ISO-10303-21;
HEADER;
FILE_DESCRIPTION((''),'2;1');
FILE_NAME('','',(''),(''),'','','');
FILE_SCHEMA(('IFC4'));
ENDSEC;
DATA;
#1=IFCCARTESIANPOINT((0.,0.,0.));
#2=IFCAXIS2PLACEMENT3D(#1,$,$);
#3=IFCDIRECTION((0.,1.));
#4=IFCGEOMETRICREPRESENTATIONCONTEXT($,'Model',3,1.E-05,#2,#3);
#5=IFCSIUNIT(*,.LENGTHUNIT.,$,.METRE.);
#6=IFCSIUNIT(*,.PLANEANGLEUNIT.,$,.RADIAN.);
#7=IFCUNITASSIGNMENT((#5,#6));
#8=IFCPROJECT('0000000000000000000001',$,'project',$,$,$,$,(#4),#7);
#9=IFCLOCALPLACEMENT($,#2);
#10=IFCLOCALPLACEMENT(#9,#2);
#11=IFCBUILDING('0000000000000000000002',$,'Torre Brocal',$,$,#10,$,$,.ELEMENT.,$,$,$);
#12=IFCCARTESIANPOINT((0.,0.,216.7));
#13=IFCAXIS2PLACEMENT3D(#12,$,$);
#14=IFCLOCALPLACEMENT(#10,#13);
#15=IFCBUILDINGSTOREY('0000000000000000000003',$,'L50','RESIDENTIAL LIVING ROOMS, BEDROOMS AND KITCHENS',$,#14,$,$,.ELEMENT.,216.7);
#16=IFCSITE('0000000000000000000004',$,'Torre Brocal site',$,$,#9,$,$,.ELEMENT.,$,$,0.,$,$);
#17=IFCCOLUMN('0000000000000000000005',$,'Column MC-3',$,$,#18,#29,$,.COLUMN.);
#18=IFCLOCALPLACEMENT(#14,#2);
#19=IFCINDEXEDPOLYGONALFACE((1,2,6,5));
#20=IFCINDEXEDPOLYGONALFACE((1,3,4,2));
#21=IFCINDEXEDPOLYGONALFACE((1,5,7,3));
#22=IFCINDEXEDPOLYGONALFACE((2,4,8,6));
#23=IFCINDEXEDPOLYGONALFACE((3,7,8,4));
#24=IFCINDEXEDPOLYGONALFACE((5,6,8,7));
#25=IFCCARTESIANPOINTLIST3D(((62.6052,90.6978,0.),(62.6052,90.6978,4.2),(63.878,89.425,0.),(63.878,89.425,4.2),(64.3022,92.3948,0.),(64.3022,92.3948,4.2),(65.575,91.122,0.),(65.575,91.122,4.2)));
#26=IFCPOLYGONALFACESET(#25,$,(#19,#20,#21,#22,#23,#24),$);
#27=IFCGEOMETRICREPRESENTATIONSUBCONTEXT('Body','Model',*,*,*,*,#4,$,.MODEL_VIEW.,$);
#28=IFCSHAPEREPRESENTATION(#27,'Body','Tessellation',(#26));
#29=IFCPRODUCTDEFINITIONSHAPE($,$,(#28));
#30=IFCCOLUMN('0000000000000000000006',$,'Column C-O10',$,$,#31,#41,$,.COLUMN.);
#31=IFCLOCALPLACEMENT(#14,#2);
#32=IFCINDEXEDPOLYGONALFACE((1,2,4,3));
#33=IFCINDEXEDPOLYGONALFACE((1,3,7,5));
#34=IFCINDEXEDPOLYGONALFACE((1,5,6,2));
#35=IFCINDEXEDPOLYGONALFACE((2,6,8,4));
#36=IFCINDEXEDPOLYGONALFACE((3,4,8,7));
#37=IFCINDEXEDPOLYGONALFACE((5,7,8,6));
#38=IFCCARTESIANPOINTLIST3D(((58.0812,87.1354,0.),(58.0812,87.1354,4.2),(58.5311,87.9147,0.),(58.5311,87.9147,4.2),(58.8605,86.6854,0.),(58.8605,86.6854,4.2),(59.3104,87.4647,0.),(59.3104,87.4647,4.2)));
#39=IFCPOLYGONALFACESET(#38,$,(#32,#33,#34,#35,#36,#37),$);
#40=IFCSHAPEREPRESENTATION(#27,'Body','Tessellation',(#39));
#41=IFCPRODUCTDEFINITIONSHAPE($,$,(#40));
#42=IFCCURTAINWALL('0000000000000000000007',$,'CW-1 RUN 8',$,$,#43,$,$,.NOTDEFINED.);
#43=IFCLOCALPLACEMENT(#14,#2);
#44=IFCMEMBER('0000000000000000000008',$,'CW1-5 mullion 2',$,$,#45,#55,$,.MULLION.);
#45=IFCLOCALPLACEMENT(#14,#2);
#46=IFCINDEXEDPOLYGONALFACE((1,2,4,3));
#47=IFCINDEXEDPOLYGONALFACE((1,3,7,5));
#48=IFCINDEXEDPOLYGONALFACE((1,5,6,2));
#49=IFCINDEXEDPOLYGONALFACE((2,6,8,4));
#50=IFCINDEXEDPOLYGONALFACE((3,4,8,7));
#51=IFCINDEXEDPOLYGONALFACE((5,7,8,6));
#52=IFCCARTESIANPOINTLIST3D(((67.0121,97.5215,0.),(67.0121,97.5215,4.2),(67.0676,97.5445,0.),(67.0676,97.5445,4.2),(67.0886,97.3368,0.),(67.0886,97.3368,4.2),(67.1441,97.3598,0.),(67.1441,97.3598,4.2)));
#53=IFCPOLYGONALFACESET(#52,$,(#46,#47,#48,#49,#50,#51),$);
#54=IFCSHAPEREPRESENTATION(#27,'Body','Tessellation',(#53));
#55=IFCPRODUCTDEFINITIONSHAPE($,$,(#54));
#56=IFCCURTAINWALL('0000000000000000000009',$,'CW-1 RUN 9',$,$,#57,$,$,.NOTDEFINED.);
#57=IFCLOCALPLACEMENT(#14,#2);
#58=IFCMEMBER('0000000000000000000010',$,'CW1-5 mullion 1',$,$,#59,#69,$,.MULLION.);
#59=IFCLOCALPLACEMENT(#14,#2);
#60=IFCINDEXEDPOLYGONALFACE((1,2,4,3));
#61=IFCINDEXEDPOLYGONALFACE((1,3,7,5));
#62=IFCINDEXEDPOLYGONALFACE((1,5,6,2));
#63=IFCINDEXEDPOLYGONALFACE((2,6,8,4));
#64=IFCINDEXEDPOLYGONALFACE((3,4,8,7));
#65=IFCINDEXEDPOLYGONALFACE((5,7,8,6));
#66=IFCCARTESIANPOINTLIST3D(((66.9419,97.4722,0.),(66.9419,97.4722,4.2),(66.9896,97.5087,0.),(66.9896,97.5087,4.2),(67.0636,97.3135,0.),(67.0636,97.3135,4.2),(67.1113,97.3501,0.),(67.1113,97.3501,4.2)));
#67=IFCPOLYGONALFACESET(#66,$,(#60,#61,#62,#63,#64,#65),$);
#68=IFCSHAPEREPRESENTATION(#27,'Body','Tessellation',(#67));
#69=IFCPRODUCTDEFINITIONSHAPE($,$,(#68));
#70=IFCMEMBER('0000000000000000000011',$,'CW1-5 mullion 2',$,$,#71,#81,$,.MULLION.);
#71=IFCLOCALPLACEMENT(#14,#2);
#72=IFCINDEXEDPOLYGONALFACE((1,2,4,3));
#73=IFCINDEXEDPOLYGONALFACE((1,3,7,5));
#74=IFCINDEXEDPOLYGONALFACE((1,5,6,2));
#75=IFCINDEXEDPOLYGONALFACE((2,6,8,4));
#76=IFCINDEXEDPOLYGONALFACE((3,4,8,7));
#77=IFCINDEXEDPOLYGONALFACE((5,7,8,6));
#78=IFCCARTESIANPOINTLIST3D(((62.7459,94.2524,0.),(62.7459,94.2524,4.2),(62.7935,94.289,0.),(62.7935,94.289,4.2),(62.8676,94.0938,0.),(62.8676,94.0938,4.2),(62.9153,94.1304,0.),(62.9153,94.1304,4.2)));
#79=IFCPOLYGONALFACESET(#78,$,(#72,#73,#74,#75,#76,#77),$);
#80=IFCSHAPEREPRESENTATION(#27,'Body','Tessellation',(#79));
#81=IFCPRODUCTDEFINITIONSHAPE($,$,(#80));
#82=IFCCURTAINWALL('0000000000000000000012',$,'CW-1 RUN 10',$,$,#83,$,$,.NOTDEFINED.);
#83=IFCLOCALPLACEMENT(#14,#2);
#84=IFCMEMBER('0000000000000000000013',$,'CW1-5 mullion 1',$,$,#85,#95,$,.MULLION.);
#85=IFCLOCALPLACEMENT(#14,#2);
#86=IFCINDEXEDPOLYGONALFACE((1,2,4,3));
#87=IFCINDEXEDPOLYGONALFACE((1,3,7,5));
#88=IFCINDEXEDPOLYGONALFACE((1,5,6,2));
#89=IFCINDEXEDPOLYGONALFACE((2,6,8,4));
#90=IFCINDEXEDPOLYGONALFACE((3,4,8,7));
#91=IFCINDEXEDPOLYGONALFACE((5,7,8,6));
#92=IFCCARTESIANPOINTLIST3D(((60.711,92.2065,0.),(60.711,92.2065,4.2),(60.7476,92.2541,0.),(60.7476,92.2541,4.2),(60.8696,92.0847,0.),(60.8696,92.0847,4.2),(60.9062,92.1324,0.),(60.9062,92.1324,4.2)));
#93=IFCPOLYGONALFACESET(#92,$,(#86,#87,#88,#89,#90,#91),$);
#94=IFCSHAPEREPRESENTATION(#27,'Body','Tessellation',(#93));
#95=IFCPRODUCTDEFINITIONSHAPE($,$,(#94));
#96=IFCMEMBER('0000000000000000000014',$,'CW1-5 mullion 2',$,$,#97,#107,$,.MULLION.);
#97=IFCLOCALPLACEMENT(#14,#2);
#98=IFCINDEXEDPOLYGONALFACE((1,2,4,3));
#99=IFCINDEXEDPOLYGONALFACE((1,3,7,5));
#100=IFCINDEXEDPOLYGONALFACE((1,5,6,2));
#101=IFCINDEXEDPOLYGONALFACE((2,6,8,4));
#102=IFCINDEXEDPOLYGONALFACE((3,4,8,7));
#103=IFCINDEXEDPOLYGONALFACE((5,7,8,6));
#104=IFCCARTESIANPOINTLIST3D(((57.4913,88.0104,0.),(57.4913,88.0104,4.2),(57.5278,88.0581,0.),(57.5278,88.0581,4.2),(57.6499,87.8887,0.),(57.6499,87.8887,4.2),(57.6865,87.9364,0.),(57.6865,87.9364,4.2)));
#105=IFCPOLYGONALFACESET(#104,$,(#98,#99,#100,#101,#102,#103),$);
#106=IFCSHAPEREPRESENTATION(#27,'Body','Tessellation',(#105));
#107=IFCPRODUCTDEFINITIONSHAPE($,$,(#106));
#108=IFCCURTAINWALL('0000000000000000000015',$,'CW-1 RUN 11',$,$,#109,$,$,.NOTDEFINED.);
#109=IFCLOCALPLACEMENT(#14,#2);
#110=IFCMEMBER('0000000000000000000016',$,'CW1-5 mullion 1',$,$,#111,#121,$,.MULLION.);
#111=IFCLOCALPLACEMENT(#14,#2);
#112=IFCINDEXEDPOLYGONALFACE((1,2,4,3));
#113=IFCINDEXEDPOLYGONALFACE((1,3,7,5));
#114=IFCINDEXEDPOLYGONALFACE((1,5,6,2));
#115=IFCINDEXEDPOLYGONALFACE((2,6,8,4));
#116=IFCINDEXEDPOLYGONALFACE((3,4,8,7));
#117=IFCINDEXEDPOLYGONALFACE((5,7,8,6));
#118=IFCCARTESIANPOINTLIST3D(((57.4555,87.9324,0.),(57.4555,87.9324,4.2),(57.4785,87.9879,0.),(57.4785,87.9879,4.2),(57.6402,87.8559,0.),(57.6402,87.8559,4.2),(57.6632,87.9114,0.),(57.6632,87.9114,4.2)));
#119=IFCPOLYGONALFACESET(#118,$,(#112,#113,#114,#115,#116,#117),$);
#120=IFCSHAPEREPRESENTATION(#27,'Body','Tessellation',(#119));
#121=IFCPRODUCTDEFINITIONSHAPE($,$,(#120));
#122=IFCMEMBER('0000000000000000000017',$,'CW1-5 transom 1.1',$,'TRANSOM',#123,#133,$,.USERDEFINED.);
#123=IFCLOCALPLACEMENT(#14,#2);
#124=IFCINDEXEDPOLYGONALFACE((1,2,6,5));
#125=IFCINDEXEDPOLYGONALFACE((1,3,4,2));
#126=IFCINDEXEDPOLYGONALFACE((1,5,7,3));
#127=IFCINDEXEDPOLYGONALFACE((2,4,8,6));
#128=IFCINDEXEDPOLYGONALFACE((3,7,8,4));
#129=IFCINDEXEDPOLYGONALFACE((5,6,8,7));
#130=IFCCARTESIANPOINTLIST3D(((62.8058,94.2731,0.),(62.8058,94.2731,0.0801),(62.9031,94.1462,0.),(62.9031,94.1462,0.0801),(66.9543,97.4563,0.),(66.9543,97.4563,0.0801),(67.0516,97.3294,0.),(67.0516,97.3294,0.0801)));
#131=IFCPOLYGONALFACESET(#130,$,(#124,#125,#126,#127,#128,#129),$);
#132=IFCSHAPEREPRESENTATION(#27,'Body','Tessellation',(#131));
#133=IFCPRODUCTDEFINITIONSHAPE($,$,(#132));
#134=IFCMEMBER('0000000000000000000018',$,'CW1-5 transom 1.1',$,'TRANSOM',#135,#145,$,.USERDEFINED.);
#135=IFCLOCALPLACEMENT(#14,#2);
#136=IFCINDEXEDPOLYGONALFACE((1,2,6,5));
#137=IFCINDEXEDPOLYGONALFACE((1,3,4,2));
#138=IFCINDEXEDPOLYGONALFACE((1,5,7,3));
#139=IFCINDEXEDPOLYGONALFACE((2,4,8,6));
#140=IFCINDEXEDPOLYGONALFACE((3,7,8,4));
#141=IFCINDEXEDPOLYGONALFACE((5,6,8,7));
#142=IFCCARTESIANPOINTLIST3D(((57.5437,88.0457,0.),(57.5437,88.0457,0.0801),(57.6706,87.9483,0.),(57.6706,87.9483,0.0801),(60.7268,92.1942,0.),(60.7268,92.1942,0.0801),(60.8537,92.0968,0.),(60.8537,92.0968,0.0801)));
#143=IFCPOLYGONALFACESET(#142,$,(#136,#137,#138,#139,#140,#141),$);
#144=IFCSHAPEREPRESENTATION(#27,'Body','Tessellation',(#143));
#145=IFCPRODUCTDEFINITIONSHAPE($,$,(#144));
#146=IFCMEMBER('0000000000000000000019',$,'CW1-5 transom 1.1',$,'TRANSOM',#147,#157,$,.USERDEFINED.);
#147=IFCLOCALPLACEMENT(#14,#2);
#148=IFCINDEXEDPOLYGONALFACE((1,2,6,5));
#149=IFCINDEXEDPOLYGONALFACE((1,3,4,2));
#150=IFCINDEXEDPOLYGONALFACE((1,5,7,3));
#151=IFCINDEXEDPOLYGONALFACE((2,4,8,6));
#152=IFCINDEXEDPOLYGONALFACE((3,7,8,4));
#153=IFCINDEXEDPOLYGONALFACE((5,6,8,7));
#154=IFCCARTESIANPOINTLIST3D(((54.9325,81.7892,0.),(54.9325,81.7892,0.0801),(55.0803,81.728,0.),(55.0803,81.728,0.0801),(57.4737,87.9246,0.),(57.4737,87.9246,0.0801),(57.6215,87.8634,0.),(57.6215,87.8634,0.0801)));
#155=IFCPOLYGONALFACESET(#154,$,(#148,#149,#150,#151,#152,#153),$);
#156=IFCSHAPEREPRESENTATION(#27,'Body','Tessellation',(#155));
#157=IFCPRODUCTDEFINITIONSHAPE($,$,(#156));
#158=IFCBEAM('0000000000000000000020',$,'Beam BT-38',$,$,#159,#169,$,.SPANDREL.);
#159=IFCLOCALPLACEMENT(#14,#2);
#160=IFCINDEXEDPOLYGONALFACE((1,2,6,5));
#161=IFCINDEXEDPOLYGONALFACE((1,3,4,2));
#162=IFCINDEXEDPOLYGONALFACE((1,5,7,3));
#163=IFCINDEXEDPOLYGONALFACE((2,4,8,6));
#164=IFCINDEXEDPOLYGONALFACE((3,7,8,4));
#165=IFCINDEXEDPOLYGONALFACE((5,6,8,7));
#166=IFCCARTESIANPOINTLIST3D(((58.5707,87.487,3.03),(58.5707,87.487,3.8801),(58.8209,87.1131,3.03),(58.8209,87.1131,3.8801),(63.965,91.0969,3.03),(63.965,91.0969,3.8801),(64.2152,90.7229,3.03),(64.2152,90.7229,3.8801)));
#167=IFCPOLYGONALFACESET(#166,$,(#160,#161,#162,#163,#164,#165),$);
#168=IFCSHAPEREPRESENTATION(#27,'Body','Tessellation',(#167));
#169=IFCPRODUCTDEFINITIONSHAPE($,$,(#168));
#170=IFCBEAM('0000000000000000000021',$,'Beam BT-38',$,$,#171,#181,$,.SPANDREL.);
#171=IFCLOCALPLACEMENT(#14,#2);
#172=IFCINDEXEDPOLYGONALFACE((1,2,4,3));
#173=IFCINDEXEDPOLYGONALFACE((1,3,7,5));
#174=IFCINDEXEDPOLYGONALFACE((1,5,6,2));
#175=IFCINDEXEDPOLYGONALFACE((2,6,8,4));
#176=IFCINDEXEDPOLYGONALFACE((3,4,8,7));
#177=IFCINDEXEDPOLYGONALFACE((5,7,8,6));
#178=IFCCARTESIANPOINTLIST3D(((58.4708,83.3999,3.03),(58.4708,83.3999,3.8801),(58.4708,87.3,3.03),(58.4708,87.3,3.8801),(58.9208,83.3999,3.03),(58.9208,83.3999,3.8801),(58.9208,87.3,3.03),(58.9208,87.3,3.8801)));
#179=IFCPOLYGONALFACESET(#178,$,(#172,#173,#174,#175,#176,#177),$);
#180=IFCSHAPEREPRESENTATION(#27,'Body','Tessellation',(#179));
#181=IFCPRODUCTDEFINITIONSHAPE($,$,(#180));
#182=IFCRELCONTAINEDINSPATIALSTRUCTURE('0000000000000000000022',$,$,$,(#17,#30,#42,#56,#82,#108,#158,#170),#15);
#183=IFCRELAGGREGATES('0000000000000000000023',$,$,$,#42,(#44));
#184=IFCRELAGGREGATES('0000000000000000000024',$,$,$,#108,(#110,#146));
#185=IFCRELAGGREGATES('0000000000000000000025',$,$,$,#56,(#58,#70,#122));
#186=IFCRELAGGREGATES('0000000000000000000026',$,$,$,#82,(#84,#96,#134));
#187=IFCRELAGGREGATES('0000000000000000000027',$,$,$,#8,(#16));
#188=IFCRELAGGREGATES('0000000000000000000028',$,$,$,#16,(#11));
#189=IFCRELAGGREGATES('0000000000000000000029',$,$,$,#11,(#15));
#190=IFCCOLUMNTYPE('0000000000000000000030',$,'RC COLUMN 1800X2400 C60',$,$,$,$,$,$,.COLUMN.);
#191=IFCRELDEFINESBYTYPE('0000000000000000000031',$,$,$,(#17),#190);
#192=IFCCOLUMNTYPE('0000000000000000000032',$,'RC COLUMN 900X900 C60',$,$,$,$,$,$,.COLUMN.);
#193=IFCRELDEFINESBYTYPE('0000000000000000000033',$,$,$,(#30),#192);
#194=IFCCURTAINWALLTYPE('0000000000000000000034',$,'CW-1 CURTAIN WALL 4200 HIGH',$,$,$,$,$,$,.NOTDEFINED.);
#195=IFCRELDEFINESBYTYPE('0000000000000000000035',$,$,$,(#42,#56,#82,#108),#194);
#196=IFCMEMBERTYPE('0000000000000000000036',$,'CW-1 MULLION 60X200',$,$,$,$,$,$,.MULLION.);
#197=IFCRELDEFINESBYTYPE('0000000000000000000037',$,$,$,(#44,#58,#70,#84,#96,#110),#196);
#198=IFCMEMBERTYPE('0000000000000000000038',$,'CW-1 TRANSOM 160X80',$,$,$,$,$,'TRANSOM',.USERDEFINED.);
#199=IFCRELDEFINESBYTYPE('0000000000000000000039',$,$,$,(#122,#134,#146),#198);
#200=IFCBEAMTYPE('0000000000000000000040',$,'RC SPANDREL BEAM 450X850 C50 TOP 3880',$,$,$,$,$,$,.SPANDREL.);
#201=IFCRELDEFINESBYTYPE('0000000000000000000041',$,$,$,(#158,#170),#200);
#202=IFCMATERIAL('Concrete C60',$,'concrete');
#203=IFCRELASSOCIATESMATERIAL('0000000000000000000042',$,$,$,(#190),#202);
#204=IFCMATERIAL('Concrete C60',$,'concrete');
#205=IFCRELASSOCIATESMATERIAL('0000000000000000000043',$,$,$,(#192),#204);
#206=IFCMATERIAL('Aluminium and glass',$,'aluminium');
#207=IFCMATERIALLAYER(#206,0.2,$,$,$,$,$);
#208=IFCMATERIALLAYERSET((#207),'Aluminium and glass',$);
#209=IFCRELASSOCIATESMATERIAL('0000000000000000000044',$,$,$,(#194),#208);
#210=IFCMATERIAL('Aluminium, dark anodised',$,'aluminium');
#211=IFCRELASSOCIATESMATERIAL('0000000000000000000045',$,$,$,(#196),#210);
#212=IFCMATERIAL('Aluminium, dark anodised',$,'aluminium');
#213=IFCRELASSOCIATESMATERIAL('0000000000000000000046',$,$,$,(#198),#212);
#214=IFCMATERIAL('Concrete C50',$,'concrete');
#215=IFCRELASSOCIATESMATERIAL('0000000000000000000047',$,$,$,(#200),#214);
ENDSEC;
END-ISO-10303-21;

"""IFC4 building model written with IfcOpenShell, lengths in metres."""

from ifc_helpers import new_model, si_unit, direction, frame, origin, origin_2d, place, context, subcontext, project, spatial, rectangle, extrude, material, layer, layer_set, material_profile, profile_set, type_object, element, aggregate, save


model = new_model("IFC4")

# Units and contexts
model_context = context("Model", 3, precision=1e-05, world=origin(), true_north=direction((0.0, 1.0)))
body_context = subcontext(model_context, "Body", "Model", "MODEL_VIEW")
ifc_project = project(units=[si_unit("LENGTHUNIT", "METRE"), si_unit("PLANEANGLEUNIT", "RADIAN")], contexts=[model_context])

# Site, building, storey
site_placement = place(None, origin())
site = spatial("IfcSite", under=ifc_project, at=site_placement, Name="Torre Brocal site", CompositionType="ELEMENT", RefElevation=0.0)
building_placement = place(site_placement, origin())
building = spatial("IfcBuilding", under=site, at=building_placement, Name="Torre Brocal", CompositionType="ELEMENT")
storey_placement = place(building_placement, frame((0.0, 0.0, 216.7)))
storey = spatial("IfcBuildingStorey", under=building, at=storey_placement, Name="L50", Description="RESIDENTIAL LIVING ROOMS, BEDROOMS AND KITCHENS", CompositionType="ELEMENT", Elevation=216.7)

# Columns
ifc_material_1 = material(Name="Concrete C60", Category="concrete")
ifc_material_profile_1 = material_profile(ifc_material_1, rectangle(XDim=1.8, YDim=2.3999, at=origin_2d()), Name="RC 1800X2400")
ifc_profile_set_1 = profile_set([ifc_material_profile_1], Name="Concrete C60")
column_type_1 = type_object("IfcColumnType", Name="RC COLUMN 1800X2400 C60", PredefinedType="COLUMN", material=ifc_profile_set_1)
column_1_placement = place(storey_placement, frame((64.0901, 90.9099, 0.0), z_axis=(0.0, 0.0, 1.0), x_axis=(-0.707107, 0.707107, 0.0)))
element("IfcColumn", 1, at=column_1_placement, inside=storey, type_object=column_type_1, Name="Column MC-3", PredefinedType="COLUMN", context=body_context, shape_type="SweptSolid", body=[
    extrude(rectangle(XDim=1.8, YDim=2.3999, at=origin_2d()), origin(), (0.0, 0.0, 1.0), 4.2),
])
ifc_material_2 = material(Name="Concrete C60", Category="concrete")
ifc_material_profile_2 = material_profile(ifc_material_2, rectangle(XDim=0.8999, YDim=0.8999, at=origin_2d()), Name="RC 900X900")
ifc_profile_set_2 = profile_set([ifc_material_profile_2], Name="Concrete C60")
column_type_2 = type_object("IfcColumnType", Name="RC COLUMN 900X900 C60", PredefinedType="COLUMN", material=ifc_profile_set_2)
column_2_placement = place(storey_placement, frame((58.6958, 87.3, 0.0), z_axis=(0.0, 0.0, 1.0), x_axis=(-0.866025, 0.5, 0.0)))
element("IfcColumn", 2, at=column_2_placement, inside=storey, type_object=column_type_2, Name="Column C-O10", PredefinedType="COLUMN", context=body_context, shape_type="SweptSolid", body=[
    extrude(rectangle(XDim=0.8999, YDim=0.8999, at=origin_2d()), origin(), (0.0, 0.0, 1.0), 4.2),
])

# Curtain wall, member
ifc_material_3 = material(Name="Aluminium and glass", Category="aluminium")
ifc_layer_1 = layer(ifc_material_3, 0.2)
ifc_layer_set_1 = layer_set([ifc_layer_1], Name="Aluminium and glass")
curtain_wall_type = type_object("IfcCurtainWallType", Name="CW-1 CURTAIN WALL 4200 HIGH", PredefinedType="NOTDEFINED", material=ifc_layer_set_1)
curtain_wall_1_placement = place(storey_placement, origin())
curtain_wall_1 = element("IfcCurtainWall", 3, at=curtain_wall_1_placement, inside=storey, type_object=curtain_wall_type, Name="CW-1 RUN 8", PredefinedType="NOTDEFINED")
ifc_material_4 = material(Name="Aluminium, dark anodised", Category="aluminium")
ifc_material_profile_3 = material_profile(ifc_material_4, rectangle(XDim=0.2, YDim=0.0601, at=origin_2d()), Name="CW-1 MULLION 60X200")
ifc_profile_set_3 = profile_set([ifc_material_profile_3], Name="Aluminium, dark anodised")
member_type_1 = type_object("IfcMemberType", Name="CW-1 MULLION 60X200", PredefinedType="MULLION", material=ifc_profile_set_3)
member_1_placement = place(storey_placement, frame((67.0781, 97.4407, 0.0), z_axis=(0.0, 0.0, 1.0), x_axis=(0.382683, -0.92388, 0.0)))
member_1 = element("IfcMember", 4, at=member_1_placement, type_object=member_type_1, Name="CW1-5 mullion 2", PredefinedType="MULLION", context=body_context, shape_type="SweptSolid", body=[
    extrude(rectangle(XDim=0.2, YDim=0.0601, at=origin_2d()), origin(), (0.0, 0.0, 1.0), 4.2),
])
aggregate(curtain_wall_1, [member_1])

# Curtain walls, members
curtain_wall_2_placement = place(storey_placement, origin())
curtain_wall_2 = element("IfcCurtainWall", 5, at=curtain_wall_2_placement, inside=storey, type_object=curtain_wall_type, Name="CW-1 RUN 9", PredefinedType="NOTDEFINED")
member_2_placement = place(storey_placement, frame((67.0266, 97.4111, 0.0), z_axis=(0.0, 0.0, 1.0), x_axis=(0.608761, -0.793353, 0.0)))
member_2 = element("IfcMember", 6, at=member_2_placement, type_object=member_type_1, Name="CW1-5 mullion 1", PredefinedType="MULLION", context=body_context, shape_type="SweptSolid", body=[
    extrude(rectangle(XDim=0.2, YDim=0.0601, at=origin_2d()), origin(), (0.0, 0.0, 1.0), 4.2),
])
member_3_placement = place(storey_placement, frame((62.8306, 94.1914, 0.0), z_axis=(0.0, 0.0, 1.0), x_axis=(0.608761, -0.793353, 0.0)))
member_3 = element("IfcMember", 7, at=member_3_placement, type_object=member_type_1, Name="CW1-5 mullion 2", PredefinedType="MULLION", context=body_context, shape_type="SweptSolid", body=[
    extrude(rectangle(XDim=0.2, YDim=0.0601, at=origin_2d()), origin(), (0.0, 0.0, 1.0), 4.2),
])
curtain_wall_3_placement = place(storey_placement, origin())
curtain_wall_3 = element("IfcCurtainWall", 8, at=curtain_wall_3_placement, inside=storey, type_object=curtain_wall_type, Name="CW-1 RUN 10", PredefinedType="NOTDEFINED")
member_4_placement = place(storey_placement, frame((60.8086, 92.1694, 0.0), z_axis=(0.0, 0.0, 1.0), x_axis=(0.793353, -0.608761, 0.0)))
member_4 = element("IfcMember", 9, at=member_4_placement, type_object=member_type_1, Name="CW1-5 mullion 1", PredefinedType="MULLION", context=body_context, shape_type="SweptSolid", body=[
    extrude(rectangle(XDim=0.2, YDim=0.0601, at=origin_2d()), origin(), (0.0, 0.0, 1.0), 4.2),
])
member_5_placement = place(storey_placement, frame((57.5889, 87.9734, 0.0), z_axis=(0.0, 0.0, 1.0), x_axis=(0.793353, -0.608761, 0.0)))
member_5 = element("IfcMember", 10, at=member_5_placement, type_object=member_type_1, Name="CW1-5 mullion 2", PredefinedType="MULLION", context=body_context, shape_type="SweptSolid", body=[
    extrude(rectangle(XDim=0.2, YDim=0.0601, at=origin_2d()), origin(), (0.0, 0.0, 1.0), 4.2),
])

# Curtain wall, member
curtain_wall_4_placement = place(storey_placement, origin())
curtain_wall_4 = element("IfcCurtainWall", 11, at=curtain_wall_4_placement, inside=storey, type_object=curtain_wall_type, Name="CW-1 RUN 11", PredefinedType="NOTDEFINED")
member_6_placement = place(storey_placement, frame((57.5593, 87.9219, 0.0), z_axis=(0.0, 0.0, 1.0), x_axis=(0.92388, -0.382683, 0.0)))
member_6 = element("IfcMember", 12, at=member_6_placement, type_object=member_type_1, Name="CW1-5 mullion 1", PredefinedType="MULLION", context=body_context, shape_type="SweptSolid", body=[
    extrude(rectangle(XDim=0.2, YDim=0.0601, at=origin_2d()), origin(), (0.0, 0.0, 1.0), 4.2),
])

# Members
ifc_material_5 = material(Name="Aluminium, dark anodised", Category="aluminium")
ifc_material_profile_4 = material_profile(ifc_material_5, rectangle(XDim=0.1599, YDim=0.0801, at=origin_2d()), Name="CW-1 TRANSOM 160X80")
ifc_profile_set_4 = profile_set([ifc_material_profile_4], Name="Aluminium, dark anodised")
member_type_2 = type_object("IfcMemberType", Name="CW-1 TRANSOM 160X80", ElementType="TRANSOM", PredefinedType="USERDEFINED", material=ifc_profile_set_4)
member_7_placement = place(storey_placement, frame((67.0029, 97.3928, 0.04), z_axis=(-0.793363, -0.608749, 0.0), x_axis=(0.608749, -0.793363, 0.0)))
member_7 = element("IfcMember", 13, at=member_7_placement, type_object=member_type_2, Name="CW1-5 transom 1.1", ObjectType="TRANSOM", PredefinedType="USERDEFINED", context=body_context, shape_type="SweptSolid", body=[
    extrude(rectangle(XDim=0.1599, YDim=0.0801, at=origin_2d()), origin(), (0.0, 0.0, 1.0), 5.229),
])
member_8_placement = place(storey_placement, frame((60.7903, 92.1455, 0.04), z_axis=(-0.608749, -0.793363, 0.0), x_axis=(0.793363, -0.608749, 0.0)))
member_8 = element("IfcMember", 14, at=member_8_placement, type_object=member_type_2, Name="CW1-5 transom 1.1", ObjectType="TRANSOM", PredefinedType="USERDEFINED", context=body_context, shape_type="SweptSolid", body=[
    extrude(rectangle(XDim=0.1599, YDim=0.0801, at=origin_2d()), origin(), (0.0, 0.0, 1.0), 5.229),
])
member_9_placement = place(storey_placement, frame((57.5476, 87.894, 0.04), z_axis=(-0.382665, -0.923887, 0.0), x_axis=(0.923887, -0.382665, 0.0)))
member_9 = element("IfcMember", 15, at=member_9_placement, type_object=member_type_2, Name="CW1-5 transom 1.1", ObjectType="TRANSOM", PredefinedType="USERDEFINED", context=body_context, shape_type="SweptSolid", body=[
    extrude(rectangle(XDim=0.1599, YDim=0.0801, at=origin_2d()), origin(), (0.0, 0.0, 1.0), 6.6409),
])
aggregate(curtain_wall_4, [member_6, member_9])

# Beams
ifc_material_6 = material(Name="Concrete C50", Category="concrete")
ifc_material_profile_5 = material_profile(ifc_material_6, rectangle(XDim=0.45, YDim=0.8501, at=origin_2d()), Name="RC 450X850")
ifc_profile_set_5 = profile_set([ifc_material_profile_5], Name="Concrete C50")
beam_type = type_object("IfcBeamType", Name="RC SPANDREL BEAM 450X850 C50 TOP 3880", PredefinedType="SPANDREL", material=ifc_profile_set_5)
beam_1_placement = place(storey_placement, frame((64.0901, 90.9099, 3.4551), z_axis=(-0.831077, -0.556158, 0.0), x_axis=(0.556158, -0.831077, 0.0)))
element("IfcBeam", 16, at=beam_1_placement, inside=storey, type_object=beam_type, Name="Beam BT-38", PredefinedType="SPANDREL", context=body_context, shape_type="SweptSolid", body=[
    extrude(rectangle(XDim=0.45, YDim=0.8501, at=origin_2d()), origin(), (0.0, 0.0, 1.0), 6.4907),
])
beam_2_placement = place(storey_placement, frame((58.6958, 87.3, 3.4551), z_axis=(0.0, -1.0, 0.0), x_axis=(1.0, 0.0, 0.0)))
element("IfcBeam", 17, at=beam_2_placement, inside=storey, type_object=beam_type, Name="Beam BT-38", PredefinedType="SPANDREL", context=body_context, shape_type="SweptSolid", body=[
    extrude(rectangle(XDim=0.45, YDim=0.8501, at=origin_2d()), origin(), (0.0, 0.0, 1.0), 3.9001),
])

aggregate(curtain_wall_2, [member_2, member_3, member_7])
aggregate(curtain_wall_3, [member_4, member_5, member_8])

save(model, "model.ifc")
